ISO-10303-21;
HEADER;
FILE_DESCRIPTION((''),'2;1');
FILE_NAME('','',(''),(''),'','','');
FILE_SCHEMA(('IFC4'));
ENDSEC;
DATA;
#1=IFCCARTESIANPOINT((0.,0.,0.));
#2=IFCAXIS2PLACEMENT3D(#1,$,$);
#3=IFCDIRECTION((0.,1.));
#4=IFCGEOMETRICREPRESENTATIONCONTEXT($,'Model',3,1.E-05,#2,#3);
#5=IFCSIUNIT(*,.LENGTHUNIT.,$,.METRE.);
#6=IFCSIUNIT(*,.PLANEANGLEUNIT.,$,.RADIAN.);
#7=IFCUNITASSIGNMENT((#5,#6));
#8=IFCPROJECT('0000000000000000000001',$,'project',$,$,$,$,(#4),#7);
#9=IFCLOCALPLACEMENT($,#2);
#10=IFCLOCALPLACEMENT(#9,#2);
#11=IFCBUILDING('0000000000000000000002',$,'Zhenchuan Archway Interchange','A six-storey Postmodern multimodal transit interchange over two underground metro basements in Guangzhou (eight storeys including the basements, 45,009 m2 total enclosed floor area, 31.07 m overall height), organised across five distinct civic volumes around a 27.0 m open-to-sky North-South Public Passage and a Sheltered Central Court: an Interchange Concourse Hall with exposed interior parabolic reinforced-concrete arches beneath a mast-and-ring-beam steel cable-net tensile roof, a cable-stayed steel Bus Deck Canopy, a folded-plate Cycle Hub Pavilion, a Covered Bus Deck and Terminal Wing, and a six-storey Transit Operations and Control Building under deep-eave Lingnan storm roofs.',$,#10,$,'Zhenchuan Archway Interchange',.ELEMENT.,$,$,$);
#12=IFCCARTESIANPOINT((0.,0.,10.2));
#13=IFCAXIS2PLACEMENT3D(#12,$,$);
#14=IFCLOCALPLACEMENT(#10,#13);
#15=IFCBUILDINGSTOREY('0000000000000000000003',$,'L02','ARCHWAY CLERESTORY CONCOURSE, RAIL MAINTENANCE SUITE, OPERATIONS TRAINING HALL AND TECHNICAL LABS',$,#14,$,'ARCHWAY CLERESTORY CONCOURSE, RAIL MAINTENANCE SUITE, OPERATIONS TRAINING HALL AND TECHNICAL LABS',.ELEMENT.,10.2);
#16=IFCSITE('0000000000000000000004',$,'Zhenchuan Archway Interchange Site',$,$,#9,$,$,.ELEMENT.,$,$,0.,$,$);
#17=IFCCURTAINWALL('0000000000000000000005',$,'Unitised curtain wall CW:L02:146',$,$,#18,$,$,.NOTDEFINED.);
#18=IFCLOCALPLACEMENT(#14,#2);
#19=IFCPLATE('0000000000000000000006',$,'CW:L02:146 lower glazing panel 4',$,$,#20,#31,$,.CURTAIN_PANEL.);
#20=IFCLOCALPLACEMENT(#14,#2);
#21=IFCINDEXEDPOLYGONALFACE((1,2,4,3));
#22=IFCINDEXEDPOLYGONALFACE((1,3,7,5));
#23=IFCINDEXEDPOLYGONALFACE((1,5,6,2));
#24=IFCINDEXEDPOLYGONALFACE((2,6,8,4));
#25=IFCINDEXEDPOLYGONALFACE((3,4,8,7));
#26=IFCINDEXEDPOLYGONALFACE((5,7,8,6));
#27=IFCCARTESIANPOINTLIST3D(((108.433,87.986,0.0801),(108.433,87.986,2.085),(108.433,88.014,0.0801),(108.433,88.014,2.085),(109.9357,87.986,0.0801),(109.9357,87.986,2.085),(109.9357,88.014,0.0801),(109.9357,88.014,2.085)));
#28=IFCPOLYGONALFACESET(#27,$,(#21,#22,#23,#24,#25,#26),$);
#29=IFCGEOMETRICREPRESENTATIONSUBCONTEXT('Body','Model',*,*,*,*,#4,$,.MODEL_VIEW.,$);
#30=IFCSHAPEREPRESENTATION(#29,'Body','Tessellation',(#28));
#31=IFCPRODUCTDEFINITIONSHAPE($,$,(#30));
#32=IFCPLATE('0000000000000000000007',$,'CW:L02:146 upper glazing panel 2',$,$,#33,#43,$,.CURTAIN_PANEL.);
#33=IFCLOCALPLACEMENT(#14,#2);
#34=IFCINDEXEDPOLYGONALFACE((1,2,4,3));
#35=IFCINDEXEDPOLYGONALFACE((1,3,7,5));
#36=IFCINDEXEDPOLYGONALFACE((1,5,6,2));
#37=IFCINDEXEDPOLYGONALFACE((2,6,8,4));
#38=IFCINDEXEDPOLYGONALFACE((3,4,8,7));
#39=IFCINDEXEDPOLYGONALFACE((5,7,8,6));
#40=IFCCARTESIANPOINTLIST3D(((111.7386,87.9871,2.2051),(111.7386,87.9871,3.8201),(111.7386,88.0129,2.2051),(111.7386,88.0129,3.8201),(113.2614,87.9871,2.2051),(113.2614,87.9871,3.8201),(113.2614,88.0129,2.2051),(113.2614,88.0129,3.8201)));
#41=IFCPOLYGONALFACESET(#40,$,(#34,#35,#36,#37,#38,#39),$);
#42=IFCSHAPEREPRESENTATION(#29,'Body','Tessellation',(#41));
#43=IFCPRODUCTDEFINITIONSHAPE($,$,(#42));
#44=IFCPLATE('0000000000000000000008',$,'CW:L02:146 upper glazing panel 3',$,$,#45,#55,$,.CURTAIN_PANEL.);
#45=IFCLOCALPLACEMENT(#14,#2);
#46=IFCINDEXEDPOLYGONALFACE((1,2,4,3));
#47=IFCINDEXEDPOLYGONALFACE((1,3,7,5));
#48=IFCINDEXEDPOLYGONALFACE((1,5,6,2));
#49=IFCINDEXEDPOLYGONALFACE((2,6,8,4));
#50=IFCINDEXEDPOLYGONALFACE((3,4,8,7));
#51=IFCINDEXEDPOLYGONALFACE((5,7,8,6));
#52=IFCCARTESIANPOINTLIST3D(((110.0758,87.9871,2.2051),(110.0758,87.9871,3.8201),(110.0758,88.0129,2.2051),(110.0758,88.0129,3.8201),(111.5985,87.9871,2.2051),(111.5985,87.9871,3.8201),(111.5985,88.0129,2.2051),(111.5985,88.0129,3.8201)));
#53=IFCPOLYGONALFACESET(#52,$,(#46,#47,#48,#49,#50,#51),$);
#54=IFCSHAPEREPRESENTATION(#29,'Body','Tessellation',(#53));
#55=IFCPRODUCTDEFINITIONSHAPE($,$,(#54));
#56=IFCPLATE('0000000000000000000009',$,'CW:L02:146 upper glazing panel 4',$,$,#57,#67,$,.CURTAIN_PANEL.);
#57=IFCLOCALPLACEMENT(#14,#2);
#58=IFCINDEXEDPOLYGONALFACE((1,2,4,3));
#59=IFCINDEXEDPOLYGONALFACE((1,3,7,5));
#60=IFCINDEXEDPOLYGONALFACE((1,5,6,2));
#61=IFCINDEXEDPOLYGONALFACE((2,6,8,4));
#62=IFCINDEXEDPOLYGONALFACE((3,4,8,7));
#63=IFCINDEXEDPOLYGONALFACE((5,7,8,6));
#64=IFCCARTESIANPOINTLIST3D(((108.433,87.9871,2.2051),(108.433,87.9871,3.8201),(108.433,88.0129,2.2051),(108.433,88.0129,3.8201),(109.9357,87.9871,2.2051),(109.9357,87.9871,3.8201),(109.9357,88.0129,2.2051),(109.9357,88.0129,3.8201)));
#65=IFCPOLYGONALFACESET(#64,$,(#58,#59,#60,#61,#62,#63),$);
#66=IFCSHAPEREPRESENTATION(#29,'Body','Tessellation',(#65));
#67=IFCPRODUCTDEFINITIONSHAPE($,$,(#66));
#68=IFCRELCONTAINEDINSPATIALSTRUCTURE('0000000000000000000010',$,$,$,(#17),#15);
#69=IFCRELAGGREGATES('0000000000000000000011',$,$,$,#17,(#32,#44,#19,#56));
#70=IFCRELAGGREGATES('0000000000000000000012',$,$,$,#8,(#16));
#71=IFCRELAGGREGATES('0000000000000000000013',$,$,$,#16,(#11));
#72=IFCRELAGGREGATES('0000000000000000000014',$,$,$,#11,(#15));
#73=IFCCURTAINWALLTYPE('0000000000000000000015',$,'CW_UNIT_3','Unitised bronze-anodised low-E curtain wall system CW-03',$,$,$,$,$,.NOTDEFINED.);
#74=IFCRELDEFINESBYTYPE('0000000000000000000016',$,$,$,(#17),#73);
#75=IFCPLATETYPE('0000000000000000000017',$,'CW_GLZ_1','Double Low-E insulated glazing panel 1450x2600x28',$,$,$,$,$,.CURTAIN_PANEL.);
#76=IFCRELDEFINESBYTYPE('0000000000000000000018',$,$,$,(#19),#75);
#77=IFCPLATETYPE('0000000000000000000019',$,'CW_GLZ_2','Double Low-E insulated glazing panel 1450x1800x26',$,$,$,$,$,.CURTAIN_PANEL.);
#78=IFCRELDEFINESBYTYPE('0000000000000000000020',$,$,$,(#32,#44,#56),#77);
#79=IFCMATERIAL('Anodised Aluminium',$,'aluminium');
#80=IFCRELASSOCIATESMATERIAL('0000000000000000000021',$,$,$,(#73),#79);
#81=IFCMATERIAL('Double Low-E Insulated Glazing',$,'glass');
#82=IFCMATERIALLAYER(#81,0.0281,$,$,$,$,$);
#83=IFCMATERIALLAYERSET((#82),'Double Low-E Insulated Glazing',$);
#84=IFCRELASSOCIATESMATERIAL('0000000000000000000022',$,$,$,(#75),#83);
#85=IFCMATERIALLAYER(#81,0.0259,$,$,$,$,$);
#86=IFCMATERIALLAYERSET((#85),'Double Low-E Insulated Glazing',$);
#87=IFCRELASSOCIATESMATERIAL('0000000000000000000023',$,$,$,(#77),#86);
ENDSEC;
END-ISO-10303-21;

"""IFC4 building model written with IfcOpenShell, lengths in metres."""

from ifc_helpers import new_model, si_unit, direction, frame, origin, origin_2d, place, context, subcontext, project, spatial, rectangle, extrude, material, layer, layer_set, type_object, element, aggregate, save


model = new_model("IFC4")

# Units and contexts
model_context = context("Model", 3, precision=1e-05, world=origin(), true_north=direction((0.0, 1.0)))
body_context = subcontext(model_context, "Body", "Model", "MODEL_VIEW")
ifc_project = project(units=[si_unit("LENGTHUNIT", "METRE"), si_unit("PLANEANGLEUNIT", "RADIAN")], contexts=[model_context])

# Site, building, storey
site_placement = place(None, origin())
site = spatial("IfcSite", under=ifc_project, at=site_placement, Name="Zhenchuan Archway Interchange Site", CompositionType="ELEMENT", RefElevation=0.0)
building_placement = place(site_placement, origin())
building = spatial("IfcBuilding", under=site, at=building_placement, Name="Zhenchuan Archway Interchange", Description="A six-storey Postmodern multimodal transit interchange over two underground metro basements in Guangzhou (eight storeys including the basements, 45,009 m2 total enclosed floor area, 31.07 m overall height), organised across five distinct civic volumes around a 27.0 m open-to-sky North-South Public Passage and a Sheltered Central Court: an Interchange Concourse Hall with exposed interior parabolic reinforced-concrete arches beneath a mast-and-ring-beam steel cable-net tensile roof, a cable-stayed steel Bus Deck Canopy, a folded-plate Cycle Hub Pavilion, a Covered Bus Deck and Terminal Wing, and a six-storey Transit Operations and Control Building under deep-eave Lingnan storm roofs.", LongName="Zhenchuan Archway Interchange", CompositionType="ELEMENT")
storey_placement = place(building_placement, frame((0.0, 0.0, 10.2)))
storey = spatial("IfcBuildingStorey", under=building, at=storey_placement, Name="L02", Description="ARCHWAY CLERESTORY CONCOURSE, RAIL MAINTENANCE SUITE, OPERATIONS TRAINING HALL AND TECHNICAL LABS", LongName="ARCHWAY CLERESTORY CONCOURSE, RAIL MAINTENANCE SUITE, OPERATIONS TRAINING HALL AND TECHNICAL LABS", CompositionType="ELEMENT", Elevation=10.2)

# Curtain wall
ifc_material_1 = material(Name="Anodised Aluminium", Category="aluminium")
curtain_wall_type = type_object("IfcCurtainWallType", Name="CW_UNIT_3", Description="Unitised bronze-anodised low-E curtain wall system CW-03", PredefinedType="NOTDEFINED", material=ifc_material_1)
curtain_wall_placement = place(storey_placement, origin())
curtain_wall = element("IfcCurtainWall", 1, at=curtain_wall_placement, inside=storey, type_object=curtain_wall_type, Name="Unitised curtain wall CW:L02:146", PredefinedType="NOTDEFINED")

# Plates
ifc_material_2 = material(Name="Double Low-E Insulated Glazing", Category="glass")
ifc_layer_1 = layer(ifc_material_2, 0.0281)
ifc_layer_set_1 = layer_set([ifc_layer_1], Name="Double Low-E Insulated Glazing")
plate_type_1 = type_object("IfcPlateType", Name="CW_GLZ_1", Description="Double Low-E insulated glazing panel 1450x2600x28", PredefinedType="CURTAIN_PANEL", material=ifc_layer_set_1)
plate_1_placement = place(storey_placement, frame((109.1843, 88.0, 0.0801), z_axis=(0.0, 0.0, 1.0), x_axis=(-1.0, 0.0, 0.0)))
plate_1 = element("IfcPlate", 2, at=plate_1_placement, type_object=plate_type_1, Name="CW:L02:146 lower glazing panel 4", PredefinedType="CURTAIN_PANEL", context=body_context, shape_type="SweptSolid", body=[
    extrude(rectangle(XDim=1.5027, YDim=0.0281, at=origin_2d()), origin(), (0.0, 0.0, 1.0), 2.0049),
])
ifc_layer_2 = layer(ifc_material_2, 0.0259)
ifc_layer_set_2 = layer_set([ifc_layer_2], Name="Double Low-E Insulated Glazing")
plate_type_2 = type_object("IfcPlateType", Name="CW_GLZ_2", Description="Double Low-E insulated glazing panel 1450x1800x26", PredefinedType="CURTAIN_PANEL", material=ifc_layer_set_2)
plate_2_placement = place(storey_placement, frame((112.5, 88.0, 2.2051), z_axis=(0.0, 0.0, 1.0), x_axis=(-1.0, 0.0, 0.0)))
plate_2 = element("IfcPlate", 3, at=plate_2_placement, type_object=plate_type_2, Name="CW:L02:146 upper glazing panel 2", PredefinedType="CURTAIN_PANEL", context=body_context, shape_type="SweptSolid", body=[
    extrude(rectangle(XDim=1.5227, YDim=0.0259, at=origin_2d()), origin(), (0.0, 0.0, 1.0), 1.615),
])
plate_3_placement = place(storey_placement, frame((110.8372, 88.0, 2.2051), z_axis=(0.0, 0.0, 1.0), x_axis=(-1.0, 0.0, 0.0)))
plate_3 = element("IfcPlate", 4, at=plate_3_placement, type_object=plate_type_2, Name="CW:L02:146 upper glazing panel 3", PredefinedType="CURTAIN_PANEL", context=body_context, shape_type="SweptSolid", body=[
    extrude(rectangle(XDim=1.5227, YDim=0.0259, at=origin_2d()), origin(), (0.0, 0.0, 1.0), 1.615),
])
plate_4_placement = place(storey_placement, frame((109.1843, 88.0, 2.2051), z_axis=(0.0, 0.0, 1.0), x_axis=(-1.0, 0.0, 0.0)))
plate_4 = element("IfcPlate", 5, at=plate_4_placement, type_object=plate_type_2, Name="CW:L02:146 upper glazing panel 4", PredefinedType="CURTAIN_PANEL", context=body_context, shape_type="SweptSolid", body=[
    extrude(rectangle(XDim=1.5027, YDim=0.0259, at=origin_2d()), origin(), (0.0, 0.0, 1.0), 1.615),
])
aggregate(curtain_wall, [plate_2, plate_3, plate_1, plate_4])

save(model, "model.ifc")
